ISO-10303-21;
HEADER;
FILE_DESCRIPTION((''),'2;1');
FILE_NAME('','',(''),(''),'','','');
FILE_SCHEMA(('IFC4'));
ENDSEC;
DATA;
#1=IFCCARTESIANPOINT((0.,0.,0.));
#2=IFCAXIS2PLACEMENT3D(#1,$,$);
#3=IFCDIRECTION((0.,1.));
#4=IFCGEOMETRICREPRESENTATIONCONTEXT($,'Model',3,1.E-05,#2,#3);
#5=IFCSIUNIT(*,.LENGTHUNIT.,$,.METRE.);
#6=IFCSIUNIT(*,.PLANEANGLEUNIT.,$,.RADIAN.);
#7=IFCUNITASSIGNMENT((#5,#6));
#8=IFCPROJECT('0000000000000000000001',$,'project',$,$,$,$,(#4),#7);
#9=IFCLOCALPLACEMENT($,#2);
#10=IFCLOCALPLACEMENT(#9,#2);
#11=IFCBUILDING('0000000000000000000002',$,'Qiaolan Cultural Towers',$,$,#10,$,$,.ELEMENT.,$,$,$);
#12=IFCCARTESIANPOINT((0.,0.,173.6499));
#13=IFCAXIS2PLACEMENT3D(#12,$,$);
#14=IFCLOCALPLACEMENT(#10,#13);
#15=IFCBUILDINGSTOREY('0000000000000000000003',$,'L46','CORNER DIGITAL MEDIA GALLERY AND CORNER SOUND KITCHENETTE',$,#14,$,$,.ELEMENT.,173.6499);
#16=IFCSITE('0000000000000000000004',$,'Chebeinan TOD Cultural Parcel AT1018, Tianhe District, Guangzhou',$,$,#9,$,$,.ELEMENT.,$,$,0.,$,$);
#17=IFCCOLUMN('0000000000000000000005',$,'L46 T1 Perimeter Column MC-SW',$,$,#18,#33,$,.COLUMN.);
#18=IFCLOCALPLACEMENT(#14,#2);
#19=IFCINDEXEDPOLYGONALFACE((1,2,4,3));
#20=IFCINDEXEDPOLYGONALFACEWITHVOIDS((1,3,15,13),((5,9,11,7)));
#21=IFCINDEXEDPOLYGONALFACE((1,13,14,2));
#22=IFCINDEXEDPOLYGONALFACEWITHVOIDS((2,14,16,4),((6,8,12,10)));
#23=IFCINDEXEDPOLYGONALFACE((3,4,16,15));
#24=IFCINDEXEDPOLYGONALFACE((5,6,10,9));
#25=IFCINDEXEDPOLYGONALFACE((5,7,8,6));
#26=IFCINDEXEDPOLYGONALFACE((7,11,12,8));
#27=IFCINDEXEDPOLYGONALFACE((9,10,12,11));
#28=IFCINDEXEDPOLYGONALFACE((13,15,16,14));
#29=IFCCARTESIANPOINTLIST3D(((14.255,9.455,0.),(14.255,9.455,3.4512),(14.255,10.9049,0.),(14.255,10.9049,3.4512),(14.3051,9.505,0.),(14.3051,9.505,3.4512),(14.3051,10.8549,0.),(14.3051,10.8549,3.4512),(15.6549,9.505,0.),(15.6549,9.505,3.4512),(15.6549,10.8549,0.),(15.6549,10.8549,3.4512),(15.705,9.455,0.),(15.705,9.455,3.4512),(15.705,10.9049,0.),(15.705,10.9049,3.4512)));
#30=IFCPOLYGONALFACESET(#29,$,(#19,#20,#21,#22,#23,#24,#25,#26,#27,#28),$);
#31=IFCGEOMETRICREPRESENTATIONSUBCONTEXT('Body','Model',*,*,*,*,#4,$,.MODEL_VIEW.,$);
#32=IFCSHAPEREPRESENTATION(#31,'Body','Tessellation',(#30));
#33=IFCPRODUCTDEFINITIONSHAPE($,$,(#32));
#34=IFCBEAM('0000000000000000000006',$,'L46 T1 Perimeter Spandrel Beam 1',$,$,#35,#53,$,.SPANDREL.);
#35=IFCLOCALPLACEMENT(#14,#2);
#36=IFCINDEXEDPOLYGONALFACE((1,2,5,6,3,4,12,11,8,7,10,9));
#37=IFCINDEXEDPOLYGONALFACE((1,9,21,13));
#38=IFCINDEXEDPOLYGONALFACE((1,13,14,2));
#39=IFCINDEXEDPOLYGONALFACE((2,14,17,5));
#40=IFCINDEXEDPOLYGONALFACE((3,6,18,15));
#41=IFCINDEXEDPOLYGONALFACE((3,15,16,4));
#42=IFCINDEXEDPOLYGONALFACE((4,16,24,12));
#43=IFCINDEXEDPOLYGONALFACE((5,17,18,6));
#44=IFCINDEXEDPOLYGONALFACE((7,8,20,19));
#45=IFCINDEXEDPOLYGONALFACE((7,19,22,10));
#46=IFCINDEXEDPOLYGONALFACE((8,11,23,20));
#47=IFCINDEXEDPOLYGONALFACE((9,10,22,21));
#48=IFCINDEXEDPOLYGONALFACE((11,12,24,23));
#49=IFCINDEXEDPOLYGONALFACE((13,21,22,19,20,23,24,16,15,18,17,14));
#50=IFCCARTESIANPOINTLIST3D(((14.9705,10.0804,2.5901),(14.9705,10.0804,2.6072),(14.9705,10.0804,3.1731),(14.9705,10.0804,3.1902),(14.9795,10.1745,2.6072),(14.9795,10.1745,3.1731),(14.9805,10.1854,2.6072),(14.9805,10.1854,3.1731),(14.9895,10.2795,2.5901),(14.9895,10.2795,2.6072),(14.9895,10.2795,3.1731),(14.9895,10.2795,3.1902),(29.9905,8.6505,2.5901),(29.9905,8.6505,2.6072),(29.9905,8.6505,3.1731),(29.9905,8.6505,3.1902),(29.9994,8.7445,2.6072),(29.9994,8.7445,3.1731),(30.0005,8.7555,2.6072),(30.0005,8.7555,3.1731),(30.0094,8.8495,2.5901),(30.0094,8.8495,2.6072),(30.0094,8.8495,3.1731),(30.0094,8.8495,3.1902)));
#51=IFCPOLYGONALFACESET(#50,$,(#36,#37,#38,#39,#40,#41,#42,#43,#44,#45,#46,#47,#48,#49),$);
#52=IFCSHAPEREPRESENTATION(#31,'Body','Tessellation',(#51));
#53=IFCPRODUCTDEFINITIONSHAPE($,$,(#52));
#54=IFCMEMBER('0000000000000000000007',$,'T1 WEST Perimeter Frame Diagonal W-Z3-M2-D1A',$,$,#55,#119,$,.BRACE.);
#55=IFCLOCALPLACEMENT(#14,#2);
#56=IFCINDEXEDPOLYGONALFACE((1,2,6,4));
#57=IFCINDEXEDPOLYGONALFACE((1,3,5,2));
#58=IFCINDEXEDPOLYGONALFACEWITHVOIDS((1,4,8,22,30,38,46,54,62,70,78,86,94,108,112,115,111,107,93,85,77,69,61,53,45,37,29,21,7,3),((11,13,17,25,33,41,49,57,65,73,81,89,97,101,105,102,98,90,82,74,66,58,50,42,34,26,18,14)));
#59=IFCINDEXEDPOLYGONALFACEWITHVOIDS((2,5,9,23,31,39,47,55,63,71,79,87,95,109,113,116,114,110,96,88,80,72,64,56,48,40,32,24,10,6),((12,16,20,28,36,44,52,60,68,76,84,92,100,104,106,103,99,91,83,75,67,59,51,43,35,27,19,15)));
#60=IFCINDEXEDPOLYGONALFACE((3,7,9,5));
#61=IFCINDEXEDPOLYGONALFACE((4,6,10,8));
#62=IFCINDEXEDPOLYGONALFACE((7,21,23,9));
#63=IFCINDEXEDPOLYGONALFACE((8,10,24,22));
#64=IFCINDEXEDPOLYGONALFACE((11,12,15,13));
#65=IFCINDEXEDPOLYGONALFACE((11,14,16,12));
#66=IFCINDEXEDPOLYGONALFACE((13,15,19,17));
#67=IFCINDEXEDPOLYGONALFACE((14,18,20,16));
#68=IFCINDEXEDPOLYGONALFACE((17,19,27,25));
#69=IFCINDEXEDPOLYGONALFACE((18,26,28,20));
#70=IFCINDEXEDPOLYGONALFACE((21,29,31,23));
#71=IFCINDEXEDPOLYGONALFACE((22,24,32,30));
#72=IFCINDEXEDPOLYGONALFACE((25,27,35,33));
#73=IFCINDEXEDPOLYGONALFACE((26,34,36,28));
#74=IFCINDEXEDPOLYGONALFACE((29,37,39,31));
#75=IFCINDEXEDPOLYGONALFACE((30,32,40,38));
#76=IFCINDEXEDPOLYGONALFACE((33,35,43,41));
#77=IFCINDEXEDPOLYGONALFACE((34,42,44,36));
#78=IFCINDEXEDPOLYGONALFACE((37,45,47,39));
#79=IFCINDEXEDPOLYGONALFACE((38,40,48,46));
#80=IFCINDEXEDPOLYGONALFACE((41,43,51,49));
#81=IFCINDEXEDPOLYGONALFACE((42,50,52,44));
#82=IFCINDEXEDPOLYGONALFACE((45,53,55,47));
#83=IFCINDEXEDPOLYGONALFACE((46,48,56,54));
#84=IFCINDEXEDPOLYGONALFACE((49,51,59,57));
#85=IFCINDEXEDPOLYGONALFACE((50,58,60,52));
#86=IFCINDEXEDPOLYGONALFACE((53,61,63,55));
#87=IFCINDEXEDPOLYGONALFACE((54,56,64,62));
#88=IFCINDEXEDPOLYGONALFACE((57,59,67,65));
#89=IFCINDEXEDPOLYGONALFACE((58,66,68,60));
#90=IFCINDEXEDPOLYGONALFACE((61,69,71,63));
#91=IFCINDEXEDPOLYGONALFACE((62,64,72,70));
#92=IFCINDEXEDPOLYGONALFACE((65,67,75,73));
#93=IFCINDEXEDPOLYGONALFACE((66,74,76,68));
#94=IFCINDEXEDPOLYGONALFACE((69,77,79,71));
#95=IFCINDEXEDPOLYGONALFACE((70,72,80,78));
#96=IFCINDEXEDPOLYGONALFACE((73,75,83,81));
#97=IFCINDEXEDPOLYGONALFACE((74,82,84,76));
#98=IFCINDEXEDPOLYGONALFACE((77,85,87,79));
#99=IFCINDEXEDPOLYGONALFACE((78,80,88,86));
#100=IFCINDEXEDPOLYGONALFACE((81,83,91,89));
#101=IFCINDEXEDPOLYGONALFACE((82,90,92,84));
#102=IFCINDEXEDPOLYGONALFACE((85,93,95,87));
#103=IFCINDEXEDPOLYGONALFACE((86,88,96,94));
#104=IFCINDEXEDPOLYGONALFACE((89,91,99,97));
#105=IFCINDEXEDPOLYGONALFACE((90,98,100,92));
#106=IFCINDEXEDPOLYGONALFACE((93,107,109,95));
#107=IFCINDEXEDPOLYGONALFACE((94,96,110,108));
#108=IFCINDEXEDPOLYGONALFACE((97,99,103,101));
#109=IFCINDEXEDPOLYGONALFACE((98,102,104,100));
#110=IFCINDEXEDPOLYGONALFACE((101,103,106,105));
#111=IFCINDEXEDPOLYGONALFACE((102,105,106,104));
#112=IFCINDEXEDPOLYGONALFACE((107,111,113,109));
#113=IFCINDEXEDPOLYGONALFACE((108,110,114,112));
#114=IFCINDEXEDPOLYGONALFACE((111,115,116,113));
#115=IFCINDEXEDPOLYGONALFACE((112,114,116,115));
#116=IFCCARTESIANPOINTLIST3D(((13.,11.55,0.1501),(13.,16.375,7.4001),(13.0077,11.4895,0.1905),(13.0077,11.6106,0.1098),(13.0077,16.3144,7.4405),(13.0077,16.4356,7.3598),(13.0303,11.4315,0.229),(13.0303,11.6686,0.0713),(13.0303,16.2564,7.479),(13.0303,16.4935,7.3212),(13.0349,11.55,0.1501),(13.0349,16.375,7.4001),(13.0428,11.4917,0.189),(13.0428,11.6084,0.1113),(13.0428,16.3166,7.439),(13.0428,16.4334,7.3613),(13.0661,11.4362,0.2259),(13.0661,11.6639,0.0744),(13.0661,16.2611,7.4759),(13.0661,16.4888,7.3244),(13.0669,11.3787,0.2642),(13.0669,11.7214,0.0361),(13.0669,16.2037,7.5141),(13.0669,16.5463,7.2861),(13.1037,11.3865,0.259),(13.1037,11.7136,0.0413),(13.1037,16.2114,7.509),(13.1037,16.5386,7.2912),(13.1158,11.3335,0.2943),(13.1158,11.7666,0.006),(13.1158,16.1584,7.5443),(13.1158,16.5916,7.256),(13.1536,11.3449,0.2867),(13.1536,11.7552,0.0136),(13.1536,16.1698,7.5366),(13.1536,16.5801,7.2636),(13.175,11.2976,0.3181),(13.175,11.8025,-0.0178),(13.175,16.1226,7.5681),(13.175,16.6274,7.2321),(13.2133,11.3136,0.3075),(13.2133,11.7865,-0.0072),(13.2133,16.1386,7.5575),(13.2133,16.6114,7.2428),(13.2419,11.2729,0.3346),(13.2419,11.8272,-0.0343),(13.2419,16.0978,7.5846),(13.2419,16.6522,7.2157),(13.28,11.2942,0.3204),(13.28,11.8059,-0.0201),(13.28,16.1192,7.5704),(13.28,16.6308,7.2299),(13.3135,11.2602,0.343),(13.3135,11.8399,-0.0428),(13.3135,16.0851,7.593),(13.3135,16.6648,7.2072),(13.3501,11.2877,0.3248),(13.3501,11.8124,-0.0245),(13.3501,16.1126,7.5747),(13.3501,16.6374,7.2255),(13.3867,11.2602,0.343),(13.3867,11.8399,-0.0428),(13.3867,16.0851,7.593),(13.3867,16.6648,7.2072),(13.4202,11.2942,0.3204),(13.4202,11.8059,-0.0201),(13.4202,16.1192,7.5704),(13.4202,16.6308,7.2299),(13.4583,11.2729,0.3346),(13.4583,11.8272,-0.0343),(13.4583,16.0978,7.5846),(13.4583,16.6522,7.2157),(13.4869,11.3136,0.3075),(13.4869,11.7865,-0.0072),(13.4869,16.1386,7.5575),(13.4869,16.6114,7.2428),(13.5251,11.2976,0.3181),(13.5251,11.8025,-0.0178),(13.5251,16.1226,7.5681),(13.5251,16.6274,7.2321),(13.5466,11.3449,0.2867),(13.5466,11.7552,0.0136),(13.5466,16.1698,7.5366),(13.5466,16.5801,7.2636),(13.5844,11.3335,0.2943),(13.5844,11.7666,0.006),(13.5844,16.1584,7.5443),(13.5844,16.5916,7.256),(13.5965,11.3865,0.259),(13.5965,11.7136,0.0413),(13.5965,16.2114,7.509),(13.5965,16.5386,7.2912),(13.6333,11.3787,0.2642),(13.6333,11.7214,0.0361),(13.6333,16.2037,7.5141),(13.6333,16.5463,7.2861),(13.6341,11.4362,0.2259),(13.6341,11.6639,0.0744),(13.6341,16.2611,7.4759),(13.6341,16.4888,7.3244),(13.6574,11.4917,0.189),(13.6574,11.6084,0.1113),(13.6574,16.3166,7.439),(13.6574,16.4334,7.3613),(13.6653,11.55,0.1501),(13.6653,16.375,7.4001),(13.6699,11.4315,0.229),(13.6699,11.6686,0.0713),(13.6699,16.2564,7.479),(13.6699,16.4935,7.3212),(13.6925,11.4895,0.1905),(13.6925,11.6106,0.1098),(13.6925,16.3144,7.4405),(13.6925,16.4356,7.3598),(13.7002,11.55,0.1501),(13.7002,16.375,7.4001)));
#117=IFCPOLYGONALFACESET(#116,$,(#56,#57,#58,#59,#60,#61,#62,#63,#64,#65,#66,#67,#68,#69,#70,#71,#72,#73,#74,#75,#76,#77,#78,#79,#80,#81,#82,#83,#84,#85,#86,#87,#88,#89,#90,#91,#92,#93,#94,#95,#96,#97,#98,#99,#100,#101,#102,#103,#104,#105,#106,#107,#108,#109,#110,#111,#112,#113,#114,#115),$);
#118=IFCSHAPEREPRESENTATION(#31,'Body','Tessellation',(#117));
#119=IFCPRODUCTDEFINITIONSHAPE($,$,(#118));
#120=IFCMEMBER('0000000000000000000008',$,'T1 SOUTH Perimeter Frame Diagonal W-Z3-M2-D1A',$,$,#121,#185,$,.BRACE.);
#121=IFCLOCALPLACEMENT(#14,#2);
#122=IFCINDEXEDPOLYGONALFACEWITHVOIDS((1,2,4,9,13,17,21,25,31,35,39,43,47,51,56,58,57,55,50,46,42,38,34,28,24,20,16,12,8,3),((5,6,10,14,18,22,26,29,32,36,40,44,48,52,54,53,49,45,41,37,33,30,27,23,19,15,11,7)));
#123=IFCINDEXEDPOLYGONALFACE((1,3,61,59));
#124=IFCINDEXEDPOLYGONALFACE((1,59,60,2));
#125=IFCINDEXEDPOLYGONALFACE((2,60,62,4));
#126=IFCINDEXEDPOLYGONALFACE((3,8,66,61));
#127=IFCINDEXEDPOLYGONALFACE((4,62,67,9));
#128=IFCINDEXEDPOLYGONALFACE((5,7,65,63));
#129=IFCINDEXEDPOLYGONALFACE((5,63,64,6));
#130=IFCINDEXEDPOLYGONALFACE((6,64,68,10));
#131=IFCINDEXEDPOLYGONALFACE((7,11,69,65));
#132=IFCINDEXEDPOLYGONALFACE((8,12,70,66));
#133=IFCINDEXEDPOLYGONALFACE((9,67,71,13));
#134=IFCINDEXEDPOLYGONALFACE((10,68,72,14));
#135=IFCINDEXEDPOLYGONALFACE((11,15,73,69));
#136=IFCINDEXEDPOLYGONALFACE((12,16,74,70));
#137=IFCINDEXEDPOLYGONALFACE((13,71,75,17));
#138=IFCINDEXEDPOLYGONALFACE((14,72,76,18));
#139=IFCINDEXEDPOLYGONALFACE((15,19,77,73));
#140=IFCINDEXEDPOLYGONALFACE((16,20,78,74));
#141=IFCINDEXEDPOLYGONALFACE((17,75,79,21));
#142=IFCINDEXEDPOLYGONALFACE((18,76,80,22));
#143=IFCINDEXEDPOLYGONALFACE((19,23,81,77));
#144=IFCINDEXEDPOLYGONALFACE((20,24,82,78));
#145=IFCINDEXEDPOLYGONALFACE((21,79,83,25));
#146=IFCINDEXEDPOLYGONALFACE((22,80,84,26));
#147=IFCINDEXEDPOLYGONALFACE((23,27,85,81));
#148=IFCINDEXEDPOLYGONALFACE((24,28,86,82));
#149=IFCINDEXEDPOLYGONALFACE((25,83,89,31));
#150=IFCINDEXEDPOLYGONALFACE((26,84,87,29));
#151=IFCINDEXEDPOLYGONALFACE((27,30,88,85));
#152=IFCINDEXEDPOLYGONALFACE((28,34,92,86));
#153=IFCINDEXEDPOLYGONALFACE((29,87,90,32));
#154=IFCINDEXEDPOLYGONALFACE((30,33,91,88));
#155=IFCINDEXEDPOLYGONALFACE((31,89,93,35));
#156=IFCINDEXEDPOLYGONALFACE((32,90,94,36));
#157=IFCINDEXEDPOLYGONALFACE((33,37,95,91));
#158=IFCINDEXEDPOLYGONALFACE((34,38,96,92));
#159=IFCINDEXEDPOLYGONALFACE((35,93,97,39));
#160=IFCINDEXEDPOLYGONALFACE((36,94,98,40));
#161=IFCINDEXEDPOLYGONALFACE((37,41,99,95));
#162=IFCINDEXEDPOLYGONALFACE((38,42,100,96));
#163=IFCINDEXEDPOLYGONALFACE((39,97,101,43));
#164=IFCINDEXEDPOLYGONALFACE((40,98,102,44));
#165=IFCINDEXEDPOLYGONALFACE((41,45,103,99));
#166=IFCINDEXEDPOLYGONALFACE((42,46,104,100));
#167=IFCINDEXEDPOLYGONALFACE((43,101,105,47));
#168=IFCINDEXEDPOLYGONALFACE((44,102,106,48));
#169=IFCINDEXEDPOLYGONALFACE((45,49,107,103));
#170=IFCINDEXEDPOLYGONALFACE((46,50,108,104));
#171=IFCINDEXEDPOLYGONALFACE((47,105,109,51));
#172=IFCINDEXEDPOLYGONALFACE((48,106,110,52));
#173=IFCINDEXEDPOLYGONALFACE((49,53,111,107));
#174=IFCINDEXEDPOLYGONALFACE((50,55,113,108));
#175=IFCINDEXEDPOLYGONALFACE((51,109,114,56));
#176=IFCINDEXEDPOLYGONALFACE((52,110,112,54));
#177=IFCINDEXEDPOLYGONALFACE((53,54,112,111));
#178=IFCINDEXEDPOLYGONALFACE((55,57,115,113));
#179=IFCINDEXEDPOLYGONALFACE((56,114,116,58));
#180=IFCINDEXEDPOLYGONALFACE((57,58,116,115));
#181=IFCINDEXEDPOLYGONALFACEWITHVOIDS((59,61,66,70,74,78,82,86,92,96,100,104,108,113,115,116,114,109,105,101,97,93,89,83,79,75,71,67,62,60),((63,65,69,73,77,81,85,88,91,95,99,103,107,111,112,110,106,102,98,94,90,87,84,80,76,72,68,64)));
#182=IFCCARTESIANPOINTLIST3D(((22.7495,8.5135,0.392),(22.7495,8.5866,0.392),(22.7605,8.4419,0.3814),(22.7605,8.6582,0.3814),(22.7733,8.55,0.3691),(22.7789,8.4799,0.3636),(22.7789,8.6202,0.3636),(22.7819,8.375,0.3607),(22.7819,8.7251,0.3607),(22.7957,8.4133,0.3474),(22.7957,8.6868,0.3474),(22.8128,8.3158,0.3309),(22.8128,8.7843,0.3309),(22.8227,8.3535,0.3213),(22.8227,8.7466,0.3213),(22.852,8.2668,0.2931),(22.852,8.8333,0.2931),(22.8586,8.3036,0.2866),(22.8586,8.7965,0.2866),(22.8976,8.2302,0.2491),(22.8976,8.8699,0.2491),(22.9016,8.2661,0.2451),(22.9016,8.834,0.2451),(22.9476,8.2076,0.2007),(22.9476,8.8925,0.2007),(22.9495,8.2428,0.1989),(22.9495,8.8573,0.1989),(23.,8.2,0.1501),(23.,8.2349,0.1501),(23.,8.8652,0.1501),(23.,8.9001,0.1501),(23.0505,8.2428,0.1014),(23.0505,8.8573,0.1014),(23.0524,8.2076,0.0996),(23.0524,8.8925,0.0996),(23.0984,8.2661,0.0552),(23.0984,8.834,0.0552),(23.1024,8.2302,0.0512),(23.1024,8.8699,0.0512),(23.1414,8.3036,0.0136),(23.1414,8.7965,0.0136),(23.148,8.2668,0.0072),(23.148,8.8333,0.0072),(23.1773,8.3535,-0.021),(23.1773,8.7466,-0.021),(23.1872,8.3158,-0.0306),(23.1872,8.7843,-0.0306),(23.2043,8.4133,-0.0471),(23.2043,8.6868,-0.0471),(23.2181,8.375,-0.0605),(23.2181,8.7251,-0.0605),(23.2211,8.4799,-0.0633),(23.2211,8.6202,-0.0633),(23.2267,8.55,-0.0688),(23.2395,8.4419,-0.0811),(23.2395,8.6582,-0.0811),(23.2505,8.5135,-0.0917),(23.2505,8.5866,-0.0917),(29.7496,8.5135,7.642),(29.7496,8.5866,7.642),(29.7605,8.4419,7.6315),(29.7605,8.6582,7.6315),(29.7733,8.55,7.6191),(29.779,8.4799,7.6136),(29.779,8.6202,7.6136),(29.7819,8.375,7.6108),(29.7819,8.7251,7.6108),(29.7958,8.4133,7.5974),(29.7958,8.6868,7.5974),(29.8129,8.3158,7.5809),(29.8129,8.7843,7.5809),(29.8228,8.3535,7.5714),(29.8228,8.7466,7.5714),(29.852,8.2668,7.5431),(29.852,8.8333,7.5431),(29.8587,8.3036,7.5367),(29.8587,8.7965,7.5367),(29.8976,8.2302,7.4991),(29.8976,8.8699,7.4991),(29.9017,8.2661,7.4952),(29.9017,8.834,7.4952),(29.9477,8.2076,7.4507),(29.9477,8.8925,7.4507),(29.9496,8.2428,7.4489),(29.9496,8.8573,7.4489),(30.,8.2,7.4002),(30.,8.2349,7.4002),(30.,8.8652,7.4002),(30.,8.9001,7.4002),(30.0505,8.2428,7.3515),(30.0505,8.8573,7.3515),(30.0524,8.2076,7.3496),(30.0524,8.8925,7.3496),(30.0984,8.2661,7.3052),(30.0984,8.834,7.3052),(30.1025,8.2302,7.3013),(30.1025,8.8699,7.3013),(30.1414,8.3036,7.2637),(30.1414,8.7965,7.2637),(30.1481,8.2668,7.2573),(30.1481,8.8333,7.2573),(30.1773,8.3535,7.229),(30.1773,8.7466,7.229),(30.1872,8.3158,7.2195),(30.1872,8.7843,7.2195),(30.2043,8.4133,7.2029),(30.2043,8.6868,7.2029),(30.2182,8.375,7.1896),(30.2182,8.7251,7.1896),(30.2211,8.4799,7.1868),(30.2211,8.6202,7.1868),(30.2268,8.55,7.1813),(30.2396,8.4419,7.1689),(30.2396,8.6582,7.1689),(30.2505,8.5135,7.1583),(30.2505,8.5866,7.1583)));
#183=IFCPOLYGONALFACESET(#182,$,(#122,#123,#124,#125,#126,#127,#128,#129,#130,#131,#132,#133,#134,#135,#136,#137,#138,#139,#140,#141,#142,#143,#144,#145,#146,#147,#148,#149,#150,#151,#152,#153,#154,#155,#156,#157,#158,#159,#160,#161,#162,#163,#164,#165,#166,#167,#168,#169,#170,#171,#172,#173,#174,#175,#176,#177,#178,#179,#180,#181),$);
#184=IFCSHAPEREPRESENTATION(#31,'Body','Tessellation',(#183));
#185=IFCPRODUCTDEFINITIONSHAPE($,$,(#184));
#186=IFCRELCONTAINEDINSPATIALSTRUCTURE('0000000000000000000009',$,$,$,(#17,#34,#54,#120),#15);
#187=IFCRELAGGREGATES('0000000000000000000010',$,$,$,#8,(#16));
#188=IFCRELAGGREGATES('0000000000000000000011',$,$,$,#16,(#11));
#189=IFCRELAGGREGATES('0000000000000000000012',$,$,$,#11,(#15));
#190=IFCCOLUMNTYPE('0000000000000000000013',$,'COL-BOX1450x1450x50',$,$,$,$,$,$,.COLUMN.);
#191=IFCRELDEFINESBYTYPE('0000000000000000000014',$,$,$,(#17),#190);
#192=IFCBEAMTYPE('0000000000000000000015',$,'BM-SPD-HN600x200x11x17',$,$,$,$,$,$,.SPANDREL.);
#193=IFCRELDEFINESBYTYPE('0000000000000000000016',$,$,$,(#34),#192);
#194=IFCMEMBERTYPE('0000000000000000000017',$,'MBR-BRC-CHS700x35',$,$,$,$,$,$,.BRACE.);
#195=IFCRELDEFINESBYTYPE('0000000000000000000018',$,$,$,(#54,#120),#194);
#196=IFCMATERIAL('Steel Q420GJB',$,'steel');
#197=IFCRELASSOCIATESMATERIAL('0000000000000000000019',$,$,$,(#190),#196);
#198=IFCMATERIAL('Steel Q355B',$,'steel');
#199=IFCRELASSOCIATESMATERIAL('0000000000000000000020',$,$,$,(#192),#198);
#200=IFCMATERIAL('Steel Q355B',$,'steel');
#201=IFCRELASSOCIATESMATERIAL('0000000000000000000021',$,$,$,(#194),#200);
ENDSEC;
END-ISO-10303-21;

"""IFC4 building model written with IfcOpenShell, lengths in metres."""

from ifc_helpers import new_model, si_unit, direction, frame, origin, origin_2d, place, context, subcontext, project, spatial, hollow_rectangle, hollow_circle, i_section, extrude, material, material_profile, profile_set, type_object, element, save


model = new_model("IFC4")

# Units and contexts
model_context = context("Model", 3, precision=1e-05, world=origin(), true_north=direction((0.0, 1.0)))
body_context = subcontext(model_context, "Body", "Model", "MODEL_VIEW")
ifc_project = project(units=[si_unit("LENGTHUNIT", "METRE"), si_unit("PLANEANGLEUNIT", "RADIAN")], contexts=[model_context])

# Site, building, storey
site_placement = place(None, origin())
site = spatial("IfcSite", under=ifc_project, at=site_placement, Name="Chebeinan TOD Cultural Parcel AT1018, Tianhe District, Guangzhou", CompositionType="ELEMENT", RefElevation=0.0)
building_placement = place(site_placement, origin())
building = spatial("IfcBuilding", under=site, at=building_placement, Name="Qiaolan Cultural Towers", CompositionType="ELEMENT")
storey_placement = place(building_placement, frame((0.0, 0.0, 173.6499)))
storey = spatial("IfcBuildingStorey", under=building, at=storey_placement, Name="L46", Description="CORNER DIGITAL MEDIA GALLERY AND CORNER SOUND KITCHENETTE", CompositionType="ELEMENT", Elevation=173.6499)

# Column
ifc_material_1 = material(Name="Steel Q420GJB", Category="steel")
ifc_material_profile_1 = material_profile(ifc_material_1, hollow_rectangle(XDim=1.45, YDim=1.45, WallThickness=0.05, at=origin_2d()), Name="BOX1450x1450x50")
ifc_profile_set_1 = profile_set([ifc_material_profile_1], Name="Steel Q420GJB")
column_type = type_object("IfcColumnType", Name="COL-BOX1450x1450x50", PredefinedType="COLUMN", material=ifc_profile_set_1)
column_placement = place(storey_placement, frame((14.98, 10.1799, 0.0), z_axis=(0.0, 0.0, 1.0), x_axis=(1.0, 0.0, 0.0)))
element("IfcColumn", 1, at=column_placement, inside=storey, type_object=column_type, Name="L46 T1 Perimeter Column MC-SW", PredefinedType="COLUMN", context=body_context, shape_type="SweptSolid", body=[
    extrude(hollow_rectangle(XDim=1.45, YDim=1.45, WallThickness=0.05, at=origin_2d()), origin(), (0.0, 0.0, 1.0), 3.4512),
])

# Beam
ifc_material_2 = material(Name="Steel Q355B", Category="steel")
ifc_material_profile_2 = material_profile(ifc_material_2, i_section(OverallWidth=0.2, OverallDepth=0.6001, WebThickness=0.011, FlangeThickness=0.0171, at=origin_2d()), Name="HN600x200x11x17")
ifc_profile_set_2 = profile_set([ifc_material_profile_2], Name="Steel Q355B")
beam_type = type_object("IfcBeamType", Name="BM-SPD-HN600x200x11x17", PredefinedType="SPANDREL", material=ifc_profile_set_2)
beam_placement = place(storey_placement, frame((14.98, 10.1799, 2.8901), z_axis=(0.995499, -0.094773, 0.0), x_axis=(0.094773, 0.995499, 0.0)))
element("IfcBeam", 2, at=beam_placement, inside=storey, type_object=beam_type, Name="L46 T1 Perimeter Spandrel Beam 1", PredefinedType="SPANDREL", context=body_context, shape_type="SweptSolid", body=[
    extrude(i_section(OverallWidth=0.2, OverallDepth=0.6001, WebThickness=0.011, FlangeThickness=0.0171, at=origin_2d()), origin(), (0.0, 0.0, 1.0), 15.0879),
])

# Members
ifc_material_3 = material(Name="Steel Q355B", Category="steel")
ifc_material_profile_3 = material_profile(ifc_material_3, hollow_circle(Radius=0.3501, WallThickness=0.0349, at=origin_2d()), Name="CHS700x35")
ifc_profile_set_3 = profile_set([ifc_material_profile_3], Name="Steel Q355B")
member_type = type_object("IfcMemberType", Name="MBR-BRC-CHS700x35", PredefinedType="BRACE", material=ifc_profile_set_3)
member_1_placement = place(storey_placement, frame((13.3501, 11.55, 0.1501), z_axis=(0.0, 0.554034, 0.832494), x_axis=(-1.0, 0.0, 0.0)))
element("IfcMember", 3, at=member_1_placement, inside=storey, type_object=member_type, Name="T1 WEST Perimeter Frame Diagonal W-Z3-M2-D1A", PredefinedType="BRACE", context=body_context, shape_type="SweptSolid", body=[
    extrude(hollow_circle(Radius=0.3501, WallThickness=0.0349, at=origin_2d()), origin(), (0.0, 0.0, 1.0), 8.7087),
])
member_2_placement = place(storey_placement, frame((23.0, 8.55, 0.1501), z_axis=(0.694595, 0.0, 0.719401), x_axis=(0.0, 1.0, 0.0)))
element("IfcMember", 4, at=member_2_placement, inside=storey, type_object=member_type, Name="T1 SOUTH Perimeter Frame Diagonal W-Z3-M2-D1A", PredefinedType="BRACE", context=body_context, shape_type="SweptSolid", body=[
    extrude(hollow_circle(Radius=0.3501, WallThickness=0.0349, at=origin_2d()), origin(), (0.0, 0.0, 1.0), 10.0779),
])

save(model, "model.ifc")
